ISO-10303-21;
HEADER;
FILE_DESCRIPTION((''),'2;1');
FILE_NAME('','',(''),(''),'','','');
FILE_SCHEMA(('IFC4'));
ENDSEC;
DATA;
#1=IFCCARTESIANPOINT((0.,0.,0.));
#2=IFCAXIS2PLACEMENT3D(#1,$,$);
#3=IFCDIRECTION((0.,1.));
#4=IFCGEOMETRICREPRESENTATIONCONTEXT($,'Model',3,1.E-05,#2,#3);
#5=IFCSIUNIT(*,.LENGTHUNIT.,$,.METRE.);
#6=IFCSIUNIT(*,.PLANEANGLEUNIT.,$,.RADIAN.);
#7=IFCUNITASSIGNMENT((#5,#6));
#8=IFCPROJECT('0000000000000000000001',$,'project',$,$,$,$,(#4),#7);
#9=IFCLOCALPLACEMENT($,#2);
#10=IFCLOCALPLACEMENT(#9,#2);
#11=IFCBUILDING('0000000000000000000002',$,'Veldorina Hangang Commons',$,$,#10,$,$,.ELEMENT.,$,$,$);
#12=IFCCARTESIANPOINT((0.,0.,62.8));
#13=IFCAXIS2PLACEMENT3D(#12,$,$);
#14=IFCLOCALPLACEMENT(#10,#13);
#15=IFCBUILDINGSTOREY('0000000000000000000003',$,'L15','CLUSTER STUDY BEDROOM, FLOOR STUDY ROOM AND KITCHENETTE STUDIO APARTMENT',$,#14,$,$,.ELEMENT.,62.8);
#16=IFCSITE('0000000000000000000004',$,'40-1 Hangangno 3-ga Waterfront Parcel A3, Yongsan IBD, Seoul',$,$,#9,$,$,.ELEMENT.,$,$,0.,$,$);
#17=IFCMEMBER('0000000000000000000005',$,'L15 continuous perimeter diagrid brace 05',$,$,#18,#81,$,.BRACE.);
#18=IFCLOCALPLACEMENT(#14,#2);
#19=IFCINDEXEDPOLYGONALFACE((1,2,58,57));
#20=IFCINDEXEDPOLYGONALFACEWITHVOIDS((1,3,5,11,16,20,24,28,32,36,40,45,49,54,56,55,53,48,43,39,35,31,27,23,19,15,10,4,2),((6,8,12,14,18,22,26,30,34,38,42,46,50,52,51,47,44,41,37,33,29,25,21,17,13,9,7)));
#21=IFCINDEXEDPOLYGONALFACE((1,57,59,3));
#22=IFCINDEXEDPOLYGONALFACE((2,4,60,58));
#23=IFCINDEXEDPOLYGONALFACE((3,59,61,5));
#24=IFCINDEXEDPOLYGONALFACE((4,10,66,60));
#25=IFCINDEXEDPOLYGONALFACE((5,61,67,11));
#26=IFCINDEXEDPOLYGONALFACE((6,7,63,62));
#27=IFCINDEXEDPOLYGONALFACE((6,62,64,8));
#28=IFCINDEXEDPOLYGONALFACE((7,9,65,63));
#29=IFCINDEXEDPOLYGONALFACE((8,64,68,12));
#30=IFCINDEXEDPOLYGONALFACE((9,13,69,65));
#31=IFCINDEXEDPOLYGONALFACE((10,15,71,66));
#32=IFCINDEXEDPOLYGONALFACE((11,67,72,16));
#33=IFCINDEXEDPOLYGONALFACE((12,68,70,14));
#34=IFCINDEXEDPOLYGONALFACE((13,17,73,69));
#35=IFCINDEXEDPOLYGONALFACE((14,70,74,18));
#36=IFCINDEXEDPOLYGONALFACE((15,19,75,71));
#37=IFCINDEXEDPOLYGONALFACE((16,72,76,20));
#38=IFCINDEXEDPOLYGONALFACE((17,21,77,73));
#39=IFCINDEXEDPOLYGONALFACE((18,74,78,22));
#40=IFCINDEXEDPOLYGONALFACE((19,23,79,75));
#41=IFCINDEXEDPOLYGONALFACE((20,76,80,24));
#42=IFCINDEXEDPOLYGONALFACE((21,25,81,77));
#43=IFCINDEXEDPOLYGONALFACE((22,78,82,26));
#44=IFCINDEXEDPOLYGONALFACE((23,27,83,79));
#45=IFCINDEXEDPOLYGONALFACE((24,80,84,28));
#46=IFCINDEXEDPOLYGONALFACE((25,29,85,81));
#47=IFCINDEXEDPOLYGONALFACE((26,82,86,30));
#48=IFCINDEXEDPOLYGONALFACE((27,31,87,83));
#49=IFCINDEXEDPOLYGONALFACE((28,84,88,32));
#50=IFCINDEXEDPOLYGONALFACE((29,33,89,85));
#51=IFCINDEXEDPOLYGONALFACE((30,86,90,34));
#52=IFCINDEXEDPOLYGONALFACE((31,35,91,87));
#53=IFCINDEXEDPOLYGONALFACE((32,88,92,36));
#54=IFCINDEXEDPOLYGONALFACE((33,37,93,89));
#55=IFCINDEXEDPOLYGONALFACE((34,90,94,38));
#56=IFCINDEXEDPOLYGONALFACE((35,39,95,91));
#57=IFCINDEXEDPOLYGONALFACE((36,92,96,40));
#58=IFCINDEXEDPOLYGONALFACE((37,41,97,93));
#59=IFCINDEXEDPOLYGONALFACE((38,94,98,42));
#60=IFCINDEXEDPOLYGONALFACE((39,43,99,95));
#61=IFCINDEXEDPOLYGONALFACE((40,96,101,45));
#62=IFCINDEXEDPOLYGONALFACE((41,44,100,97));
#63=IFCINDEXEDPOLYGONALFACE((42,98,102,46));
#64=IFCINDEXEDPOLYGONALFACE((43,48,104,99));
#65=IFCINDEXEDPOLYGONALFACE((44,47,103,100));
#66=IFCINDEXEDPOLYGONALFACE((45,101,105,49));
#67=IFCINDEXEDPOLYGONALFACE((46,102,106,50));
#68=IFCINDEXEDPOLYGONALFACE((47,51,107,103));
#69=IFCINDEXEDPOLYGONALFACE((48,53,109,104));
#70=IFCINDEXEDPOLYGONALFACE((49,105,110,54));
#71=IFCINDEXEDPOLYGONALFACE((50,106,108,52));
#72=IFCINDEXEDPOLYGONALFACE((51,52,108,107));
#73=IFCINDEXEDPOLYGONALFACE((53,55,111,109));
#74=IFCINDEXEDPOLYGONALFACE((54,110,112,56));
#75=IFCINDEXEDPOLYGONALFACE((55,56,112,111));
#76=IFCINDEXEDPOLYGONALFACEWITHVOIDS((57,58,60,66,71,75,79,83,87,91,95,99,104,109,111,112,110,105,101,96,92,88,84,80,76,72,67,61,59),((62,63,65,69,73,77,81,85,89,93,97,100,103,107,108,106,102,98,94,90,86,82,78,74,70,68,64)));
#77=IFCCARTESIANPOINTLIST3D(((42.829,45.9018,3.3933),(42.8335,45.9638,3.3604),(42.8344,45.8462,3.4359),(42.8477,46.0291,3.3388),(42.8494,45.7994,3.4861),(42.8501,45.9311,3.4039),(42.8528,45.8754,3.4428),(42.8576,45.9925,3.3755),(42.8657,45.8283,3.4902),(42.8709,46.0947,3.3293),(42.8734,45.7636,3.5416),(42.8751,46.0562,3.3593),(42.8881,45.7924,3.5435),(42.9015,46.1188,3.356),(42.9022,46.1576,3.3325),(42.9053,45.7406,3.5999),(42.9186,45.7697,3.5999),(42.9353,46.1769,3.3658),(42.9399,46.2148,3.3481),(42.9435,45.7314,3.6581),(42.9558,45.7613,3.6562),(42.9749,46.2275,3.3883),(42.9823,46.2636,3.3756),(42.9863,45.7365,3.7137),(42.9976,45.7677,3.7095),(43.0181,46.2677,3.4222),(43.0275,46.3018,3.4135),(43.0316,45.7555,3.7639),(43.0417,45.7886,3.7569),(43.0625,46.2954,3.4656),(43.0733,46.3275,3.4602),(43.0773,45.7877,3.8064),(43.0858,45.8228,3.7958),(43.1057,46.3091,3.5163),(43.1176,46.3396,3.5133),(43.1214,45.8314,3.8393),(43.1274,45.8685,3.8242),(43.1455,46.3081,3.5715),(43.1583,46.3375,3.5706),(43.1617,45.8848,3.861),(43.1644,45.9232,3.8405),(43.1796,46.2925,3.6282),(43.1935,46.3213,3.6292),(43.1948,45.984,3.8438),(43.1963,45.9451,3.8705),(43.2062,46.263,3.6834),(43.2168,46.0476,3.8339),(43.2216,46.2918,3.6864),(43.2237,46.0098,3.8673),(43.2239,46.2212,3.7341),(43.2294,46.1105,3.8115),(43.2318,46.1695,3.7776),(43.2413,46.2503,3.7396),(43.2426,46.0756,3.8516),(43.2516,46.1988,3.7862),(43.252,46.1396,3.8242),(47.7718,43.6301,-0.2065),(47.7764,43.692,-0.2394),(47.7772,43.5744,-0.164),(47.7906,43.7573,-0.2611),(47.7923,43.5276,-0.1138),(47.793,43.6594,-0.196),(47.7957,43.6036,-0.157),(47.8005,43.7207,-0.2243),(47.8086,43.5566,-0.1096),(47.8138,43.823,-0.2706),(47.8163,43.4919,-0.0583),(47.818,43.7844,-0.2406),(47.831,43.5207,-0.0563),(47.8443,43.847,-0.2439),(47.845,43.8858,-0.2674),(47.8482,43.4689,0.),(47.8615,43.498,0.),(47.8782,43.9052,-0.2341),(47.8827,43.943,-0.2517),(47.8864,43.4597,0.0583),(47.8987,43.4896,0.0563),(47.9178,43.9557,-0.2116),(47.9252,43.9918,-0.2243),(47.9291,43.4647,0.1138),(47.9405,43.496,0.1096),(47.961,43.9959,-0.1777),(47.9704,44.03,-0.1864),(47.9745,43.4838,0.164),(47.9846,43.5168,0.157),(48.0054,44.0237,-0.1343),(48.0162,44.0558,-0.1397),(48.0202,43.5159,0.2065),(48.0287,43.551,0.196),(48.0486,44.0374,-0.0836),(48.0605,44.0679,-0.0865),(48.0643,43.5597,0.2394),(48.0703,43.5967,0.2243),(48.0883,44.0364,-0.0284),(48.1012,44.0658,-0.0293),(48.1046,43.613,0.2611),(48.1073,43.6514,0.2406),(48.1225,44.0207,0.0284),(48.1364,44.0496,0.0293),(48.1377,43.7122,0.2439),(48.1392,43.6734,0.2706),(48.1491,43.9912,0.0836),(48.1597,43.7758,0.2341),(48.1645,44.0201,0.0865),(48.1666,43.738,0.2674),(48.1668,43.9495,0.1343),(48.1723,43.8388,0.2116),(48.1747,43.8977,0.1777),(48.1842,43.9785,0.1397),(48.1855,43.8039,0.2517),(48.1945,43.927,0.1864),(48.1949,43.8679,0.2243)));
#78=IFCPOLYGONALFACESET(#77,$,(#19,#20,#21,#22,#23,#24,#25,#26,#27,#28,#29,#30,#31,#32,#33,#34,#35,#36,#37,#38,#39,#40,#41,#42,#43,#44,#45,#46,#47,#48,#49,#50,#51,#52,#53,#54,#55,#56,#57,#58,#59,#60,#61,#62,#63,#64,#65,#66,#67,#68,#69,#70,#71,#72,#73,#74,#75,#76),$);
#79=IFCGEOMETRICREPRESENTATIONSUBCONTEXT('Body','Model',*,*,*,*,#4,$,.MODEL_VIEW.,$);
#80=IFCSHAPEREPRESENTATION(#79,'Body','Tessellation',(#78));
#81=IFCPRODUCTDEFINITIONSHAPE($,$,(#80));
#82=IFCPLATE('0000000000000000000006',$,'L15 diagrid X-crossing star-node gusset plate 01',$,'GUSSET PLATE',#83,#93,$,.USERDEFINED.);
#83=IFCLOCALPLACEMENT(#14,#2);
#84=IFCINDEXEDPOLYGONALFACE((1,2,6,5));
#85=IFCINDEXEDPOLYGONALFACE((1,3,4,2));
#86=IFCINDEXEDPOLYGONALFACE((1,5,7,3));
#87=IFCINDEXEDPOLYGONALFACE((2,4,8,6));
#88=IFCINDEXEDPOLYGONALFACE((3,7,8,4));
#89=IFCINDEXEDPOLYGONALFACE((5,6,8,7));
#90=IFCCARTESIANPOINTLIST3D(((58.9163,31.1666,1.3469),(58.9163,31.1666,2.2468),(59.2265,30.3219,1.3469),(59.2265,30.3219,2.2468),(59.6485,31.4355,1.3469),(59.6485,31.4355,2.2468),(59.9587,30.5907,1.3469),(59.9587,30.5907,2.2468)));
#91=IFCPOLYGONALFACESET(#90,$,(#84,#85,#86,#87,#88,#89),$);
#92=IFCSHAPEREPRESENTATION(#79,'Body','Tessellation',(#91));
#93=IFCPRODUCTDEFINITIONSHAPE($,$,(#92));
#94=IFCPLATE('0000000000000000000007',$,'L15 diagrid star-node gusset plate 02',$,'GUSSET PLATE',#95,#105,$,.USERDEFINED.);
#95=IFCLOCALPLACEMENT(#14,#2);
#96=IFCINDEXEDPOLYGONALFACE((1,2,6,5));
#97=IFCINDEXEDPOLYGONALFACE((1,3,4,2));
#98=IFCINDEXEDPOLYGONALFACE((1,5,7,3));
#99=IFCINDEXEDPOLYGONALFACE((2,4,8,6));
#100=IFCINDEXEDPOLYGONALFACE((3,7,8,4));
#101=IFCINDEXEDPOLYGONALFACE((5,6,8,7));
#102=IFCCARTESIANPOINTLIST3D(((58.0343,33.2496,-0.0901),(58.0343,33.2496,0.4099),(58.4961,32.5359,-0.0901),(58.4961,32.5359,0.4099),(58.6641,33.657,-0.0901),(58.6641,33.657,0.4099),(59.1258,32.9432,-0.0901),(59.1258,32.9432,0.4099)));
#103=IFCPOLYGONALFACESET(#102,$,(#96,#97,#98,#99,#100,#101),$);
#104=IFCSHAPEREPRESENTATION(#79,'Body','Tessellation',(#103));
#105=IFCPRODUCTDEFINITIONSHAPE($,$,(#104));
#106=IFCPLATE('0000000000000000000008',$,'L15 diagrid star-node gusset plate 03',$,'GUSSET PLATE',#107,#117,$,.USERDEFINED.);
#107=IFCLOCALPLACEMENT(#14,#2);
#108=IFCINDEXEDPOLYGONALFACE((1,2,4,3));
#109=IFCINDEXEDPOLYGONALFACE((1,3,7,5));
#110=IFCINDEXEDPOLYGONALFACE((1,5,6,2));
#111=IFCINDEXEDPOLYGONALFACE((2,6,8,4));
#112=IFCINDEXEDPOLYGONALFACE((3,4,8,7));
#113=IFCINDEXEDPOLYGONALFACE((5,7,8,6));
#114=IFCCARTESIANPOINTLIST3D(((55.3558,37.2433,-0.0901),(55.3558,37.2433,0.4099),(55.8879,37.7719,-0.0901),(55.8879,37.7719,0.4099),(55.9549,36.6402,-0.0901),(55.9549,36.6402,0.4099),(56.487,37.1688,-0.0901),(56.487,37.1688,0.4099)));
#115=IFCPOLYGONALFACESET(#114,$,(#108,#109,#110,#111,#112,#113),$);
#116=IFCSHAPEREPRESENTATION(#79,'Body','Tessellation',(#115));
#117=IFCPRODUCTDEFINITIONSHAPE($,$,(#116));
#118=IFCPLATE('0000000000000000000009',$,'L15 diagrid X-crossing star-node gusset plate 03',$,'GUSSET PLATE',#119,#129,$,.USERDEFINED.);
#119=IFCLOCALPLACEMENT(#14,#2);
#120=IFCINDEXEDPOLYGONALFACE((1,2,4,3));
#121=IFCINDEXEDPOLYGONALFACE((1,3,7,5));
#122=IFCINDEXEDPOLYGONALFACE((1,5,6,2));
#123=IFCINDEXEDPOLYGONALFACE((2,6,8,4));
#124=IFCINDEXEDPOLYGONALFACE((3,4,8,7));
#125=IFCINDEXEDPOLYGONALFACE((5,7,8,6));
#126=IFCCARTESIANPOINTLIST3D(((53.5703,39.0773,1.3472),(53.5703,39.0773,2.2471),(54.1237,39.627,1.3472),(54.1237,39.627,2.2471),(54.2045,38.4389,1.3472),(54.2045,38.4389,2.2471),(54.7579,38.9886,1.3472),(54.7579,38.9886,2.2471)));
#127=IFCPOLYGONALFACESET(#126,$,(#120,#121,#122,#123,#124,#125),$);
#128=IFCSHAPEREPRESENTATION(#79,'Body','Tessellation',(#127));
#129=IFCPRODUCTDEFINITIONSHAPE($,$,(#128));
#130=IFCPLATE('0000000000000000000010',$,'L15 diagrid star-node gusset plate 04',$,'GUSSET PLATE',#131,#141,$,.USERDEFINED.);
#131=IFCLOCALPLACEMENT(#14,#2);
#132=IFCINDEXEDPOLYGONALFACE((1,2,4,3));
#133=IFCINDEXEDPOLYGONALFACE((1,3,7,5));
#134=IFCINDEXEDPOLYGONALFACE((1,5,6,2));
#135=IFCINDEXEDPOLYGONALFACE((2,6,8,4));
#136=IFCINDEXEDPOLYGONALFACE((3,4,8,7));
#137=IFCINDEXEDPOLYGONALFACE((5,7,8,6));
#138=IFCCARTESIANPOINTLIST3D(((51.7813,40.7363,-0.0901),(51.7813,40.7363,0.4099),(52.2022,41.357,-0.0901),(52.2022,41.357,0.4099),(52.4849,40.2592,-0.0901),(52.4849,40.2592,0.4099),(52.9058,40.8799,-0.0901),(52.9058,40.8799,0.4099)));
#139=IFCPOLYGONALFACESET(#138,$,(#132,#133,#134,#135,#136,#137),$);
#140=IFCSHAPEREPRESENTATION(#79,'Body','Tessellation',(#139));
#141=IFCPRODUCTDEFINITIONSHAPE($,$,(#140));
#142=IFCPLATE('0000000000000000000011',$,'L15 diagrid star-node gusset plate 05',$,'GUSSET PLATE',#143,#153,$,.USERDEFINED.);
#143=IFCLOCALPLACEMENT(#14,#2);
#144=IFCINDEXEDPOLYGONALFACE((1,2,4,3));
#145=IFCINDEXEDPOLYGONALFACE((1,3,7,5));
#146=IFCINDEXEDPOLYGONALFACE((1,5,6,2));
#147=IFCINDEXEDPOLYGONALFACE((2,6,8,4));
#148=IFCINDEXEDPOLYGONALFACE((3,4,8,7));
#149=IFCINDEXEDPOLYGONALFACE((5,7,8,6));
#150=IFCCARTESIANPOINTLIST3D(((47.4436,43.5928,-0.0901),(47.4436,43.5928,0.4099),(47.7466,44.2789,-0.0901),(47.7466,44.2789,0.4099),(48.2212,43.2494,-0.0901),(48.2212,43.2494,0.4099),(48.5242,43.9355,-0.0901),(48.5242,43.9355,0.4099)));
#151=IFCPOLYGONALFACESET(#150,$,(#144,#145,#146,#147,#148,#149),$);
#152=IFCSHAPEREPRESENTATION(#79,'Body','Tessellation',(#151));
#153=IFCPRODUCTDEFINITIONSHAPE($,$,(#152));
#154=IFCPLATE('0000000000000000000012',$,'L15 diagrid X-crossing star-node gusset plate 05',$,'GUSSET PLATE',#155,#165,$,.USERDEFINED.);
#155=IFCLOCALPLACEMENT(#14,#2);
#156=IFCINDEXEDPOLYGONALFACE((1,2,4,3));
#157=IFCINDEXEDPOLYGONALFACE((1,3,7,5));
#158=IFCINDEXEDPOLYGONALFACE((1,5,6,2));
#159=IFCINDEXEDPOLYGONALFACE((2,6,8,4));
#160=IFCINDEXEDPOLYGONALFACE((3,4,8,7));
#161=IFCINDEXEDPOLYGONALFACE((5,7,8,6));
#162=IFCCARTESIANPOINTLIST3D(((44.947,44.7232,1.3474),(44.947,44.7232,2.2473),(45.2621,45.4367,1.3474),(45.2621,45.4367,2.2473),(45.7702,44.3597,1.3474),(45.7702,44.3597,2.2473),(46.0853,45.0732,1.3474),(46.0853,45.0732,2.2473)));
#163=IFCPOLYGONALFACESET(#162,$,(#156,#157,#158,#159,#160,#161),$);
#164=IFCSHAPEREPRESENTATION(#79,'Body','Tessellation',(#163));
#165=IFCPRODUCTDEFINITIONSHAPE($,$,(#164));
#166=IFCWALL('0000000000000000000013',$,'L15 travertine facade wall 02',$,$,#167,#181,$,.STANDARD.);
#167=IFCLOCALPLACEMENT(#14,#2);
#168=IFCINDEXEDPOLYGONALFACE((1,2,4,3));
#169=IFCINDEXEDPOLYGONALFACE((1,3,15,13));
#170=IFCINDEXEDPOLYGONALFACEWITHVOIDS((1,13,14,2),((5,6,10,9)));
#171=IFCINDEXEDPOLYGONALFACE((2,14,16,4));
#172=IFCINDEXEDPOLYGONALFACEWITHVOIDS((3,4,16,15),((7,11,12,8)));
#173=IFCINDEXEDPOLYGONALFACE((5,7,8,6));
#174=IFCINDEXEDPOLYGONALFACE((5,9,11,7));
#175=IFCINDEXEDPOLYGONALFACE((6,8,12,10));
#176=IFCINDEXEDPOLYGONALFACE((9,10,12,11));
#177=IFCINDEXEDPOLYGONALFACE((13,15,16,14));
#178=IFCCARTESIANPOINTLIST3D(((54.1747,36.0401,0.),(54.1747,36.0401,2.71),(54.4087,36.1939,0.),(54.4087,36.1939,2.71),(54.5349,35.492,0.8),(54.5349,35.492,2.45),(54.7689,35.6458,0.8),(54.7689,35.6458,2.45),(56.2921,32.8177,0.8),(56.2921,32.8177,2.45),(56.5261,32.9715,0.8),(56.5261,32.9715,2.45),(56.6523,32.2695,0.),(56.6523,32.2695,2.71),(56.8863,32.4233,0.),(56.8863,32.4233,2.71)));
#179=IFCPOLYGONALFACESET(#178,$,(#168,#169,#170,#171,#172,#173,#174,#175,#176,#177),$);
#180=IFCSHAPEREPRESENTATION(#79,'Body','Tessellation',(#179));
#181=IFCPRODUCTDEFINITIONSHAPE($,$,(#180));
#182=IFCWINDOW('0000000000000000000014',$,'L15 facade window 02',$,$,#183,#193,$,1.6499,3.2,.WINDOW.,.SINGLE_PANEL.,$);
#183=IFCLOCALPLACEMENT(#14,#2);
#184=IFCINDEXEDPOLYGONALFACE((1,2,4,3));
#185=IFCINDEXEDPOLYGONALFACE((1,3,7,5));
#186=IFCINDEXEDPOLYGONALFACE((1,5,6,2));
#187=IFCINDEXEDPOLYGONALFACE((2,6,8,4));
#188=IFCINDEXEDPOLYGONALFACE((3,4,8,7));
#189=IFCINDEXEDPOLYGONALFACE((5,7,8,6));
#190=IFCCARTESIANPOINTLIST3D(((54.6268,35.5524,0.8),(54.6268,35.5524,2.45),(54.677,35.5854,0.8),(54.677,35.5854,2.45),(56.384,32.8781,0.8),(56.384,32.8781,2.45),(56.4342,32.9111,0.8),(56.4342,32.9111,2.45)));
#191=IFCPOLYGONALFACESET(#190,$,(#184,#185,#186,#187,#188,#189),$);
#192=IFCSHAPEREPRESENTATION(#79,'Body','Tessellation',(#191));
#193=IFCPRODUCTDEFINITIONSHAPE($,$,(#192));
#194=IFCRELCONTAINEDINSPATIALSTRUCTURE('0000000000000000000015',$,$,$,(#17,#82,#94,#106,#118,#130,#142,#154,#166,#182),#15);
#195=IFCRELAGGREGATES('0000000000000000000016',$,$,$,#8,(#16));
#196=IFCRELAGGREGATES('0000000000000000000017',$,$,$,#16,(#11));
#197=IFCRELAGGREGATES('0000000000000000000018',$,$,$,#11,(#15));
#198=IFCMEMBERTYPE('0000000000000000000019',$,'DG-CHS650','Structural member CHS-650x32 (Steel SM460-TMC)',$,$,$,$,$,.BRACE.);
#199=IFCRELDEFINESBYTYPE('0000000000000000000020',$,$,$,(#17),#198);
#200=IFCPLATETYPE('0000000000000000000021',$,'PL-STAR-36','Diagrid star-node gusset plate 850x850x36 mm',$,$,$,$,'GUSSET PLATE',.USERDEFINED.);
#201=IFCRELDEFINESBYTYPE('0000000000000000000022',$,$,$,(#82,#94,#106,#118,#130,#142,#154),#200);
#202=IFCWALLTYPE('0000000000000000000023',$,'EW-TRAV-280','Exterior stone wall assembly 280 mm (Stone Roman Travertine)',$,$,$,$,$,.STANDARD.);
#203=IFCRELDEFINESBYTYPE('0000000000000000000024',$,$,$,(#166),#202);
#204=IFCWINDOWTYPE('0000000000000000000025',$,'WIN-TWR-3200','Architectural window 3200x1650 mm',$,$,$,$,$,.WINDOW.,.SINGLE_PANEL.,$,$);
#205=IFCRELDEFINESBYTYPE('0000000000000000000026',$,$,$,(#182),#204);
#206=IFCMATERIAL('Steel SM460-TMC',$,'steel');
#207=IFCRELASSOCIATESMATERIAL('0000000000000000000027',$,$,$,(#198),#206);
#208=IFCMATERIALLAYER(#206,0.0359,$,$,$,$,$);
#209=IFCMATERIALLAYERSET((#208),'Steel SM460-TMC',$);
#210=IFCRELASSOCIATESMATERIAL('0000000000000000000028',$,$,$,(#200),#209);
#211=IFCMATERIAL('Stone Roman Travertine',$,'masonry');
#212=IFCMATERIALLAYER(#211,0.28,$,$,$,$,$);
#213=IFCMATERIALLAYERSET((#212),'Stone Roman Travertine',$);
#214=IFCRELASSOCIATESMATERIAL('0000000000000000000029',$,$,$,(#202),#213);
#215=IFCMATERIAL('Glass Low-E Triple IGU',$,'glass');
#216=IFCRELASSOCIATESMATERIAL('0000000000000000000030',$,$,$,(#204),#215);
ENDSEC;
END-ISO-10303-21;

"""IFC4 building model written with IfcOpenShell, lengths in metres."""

from ifc_helpers import new_model, si_unit, direction, frame, frame_2d, origin, origin_2d, place, context, subcontext, project, spatial, rectangle, hollow_circle, extrude, material, layer, layer_set, material_profile, profile_set, type_object, element, fill, save


model = new_model("IFC4")

# Units and contexts
model_context = context("Model", 3, precision=1e-05, world=origin(), true_north=direction((0.0, 1.0)))
body_context = subcontext(model_context, "Body", "Model", "MODEL_VIEW")
ifc_project = project(units=[si_unit("LENGTHUNIT", "METRE"), si_unit("PLANEANGLEUNIT", "RADIAN")], contexts=[model_context])

# Site, building, storey
site_placement = place(None, origin())
site = spatial("IfcSite", under=ifc_project, at=site_placement, Name="40-1 Hangangno 3-ga Waterfront Parcel A3, Yongsan IBD, Seoul", CompositionType="ELEMENT", RefElevation=0.0)
building_placement = place(site_placement, origin())
building = spatial("IfcBuilding", under=site, at=building_placement, Name="Veldorina Hangang Commons", CompositionType="ELEMENT")
storey_placement = place(building_placement, frame((0.0, 0.0, 62.8)))
storey = spatial("IfcBuildingStorey", under=building, at=storey_placement, Name="L15", Description="CLUSTER STUDY BEDROOM, FLOOR STUDY ROOM AND KITCHENETTE STUDIO APARTMENT", CompositionType="ELEMENT", Elevation=62.8)

# Member
ifc_material_1 = material(Name="Steel SM460-TMC", Category="steel")
ifc_material_profile_1 = material_profile(ifc_material_1, hollow_circle(Radius=0.325, WallThickness=0.032, at=origin_2d()), Name="CHS-650x32")
ifc_profile_set_1 = profile_set([ifc_material_profile_1], Name="Steel SM460-TMC")
member_type = type_object("IfcMemberType", Name="DG-CHS650", Description="Structural member CHS-650x32 (Steel SM460-TMC)", PredefinedType="BRACE", material=ifc_profile_set_1)
member_1_placement = place(storey_placement, frame((47.9839, 43.7642, 0.0), z_axis=(-0.757741, 0.348256, 0.551857), x_axis=(-0.417603, -0.908629, 0.0)))
element("IfcMember", 1, at=member_1_placement, inside=storey, type_object=member_type, Name="L15 continuous perimeter diagrid brace 05", PredefinedType="BRACE", context=body_context, shape_type="SweptSolid", body=[
    extrude(hollow_circle(Radius=0.325, WallThickness=0.032, at=origin_2d()), origin(), (0.0, 0.0, 1.0), 6.5232),
])

# Plates
ifc_layer_1 = layer(ifc_material_1, 0.0359)
ifc_layer_set_1 = layer_set([ifc_layer_1], Name="Steel SM460-TMC")
plate_type = type_object("IfcPlateType", Name="PL-STAR-36", Description="Diagrid star-node gusset plate 850x850x36 mm", ElementType="GUSSET PLATE", PredefinedType="USERDEFINED", material=ifc_layer_set_1)
plate_1_placement = place(storey_placement, frame((59.4375, 30.8787, 1.3469), z_axis=(0.0, 0.0, 1.0), x_axis=(-0.344659, 0.938728, 0.0)))
element("IfcPlate", 2, at=plate_1_placement, inside=storey, type_object=plate_type, Name="L15 diagrid X-crossing star-node gusset plate 01", ObjectType="GUSSET PLATE", PredefinedType="USERDEFINED", context=body_context, shape_type="SweptSolid", body=[
    extrude(rectangle(XDim=0.8999, YDim=0.78, at=origin_2d()), origin(), (0.0, 0.0, 1.0), 0.8999),
])
for number, where, z_axis, x_axis, name in (
    (3, (58.5801, 33.0964, -0.0901), (0.0, 0.0, 1.0), (-0.543174, 0.83962, 0.0), "L15 diagrid star-node gusset plate 02"),
    (4, (55.9214, 37.2061, -0.0901), (0.0, 0.0, 1.0), (-0.704733, 0.709472, 0.0), "L15 diagrid star-node gusset plate 03"),
):
    element("IfcPlate", number, at=place(storey_placement, frame(where, z_axis=z_axis, x_axis=x_axis)), inside=storey, type_object=plate_type, Name=name, ObjectType="GUSSET PLATE", PredefinedType="USERDEFINED", context=body_context, shape_type="SweptSolid", body=[
        extrude(rectangle(XDim=0.8501, YDim=0.75, at=origin_2d()), origin(), (0.0, 0.0, 1.0), 0.5),
    ])
plate_2_placement = place(storey_placement, frame((54.1641, 39.033, 1.3472), z_axis=(0.0, 0.0, 1.0), x_axis=(-0.704733, 0.709472, 0.0)))
element("IfcPlate", 5, at=plate_2_placement, inside=storey, type_object=plate_type, Name="L15 diagrid X-crossing star-node gusset plate 03", ObjectType="GUSSET PLATE", PredefinedType="USERDEFINED", context=body_context, shape_type="SweptSolid", body=[
    extrude(rectangle(XDim=0.8999, YDim=0.78, at=origin_2d()), origin(), (0.0, 0.0, 1.0), 0.8999),
])
for number, where, z_axis, x_axis, name in (
    (6, (52.3435, 40.8081, -0.0901), (0.0, 0.0, 1.0), (-0.827679, 0.561203, 0.0), "L15 diagrid star-node gusset plate 04"),
    (7, (47.9839, 43.7642, -0.0901), (0.0, 0.0, 1.0), (-0.914769, 0.403976, 0.0), "L15 diagrid star-node gusset plate 05"),
):
    element("IfcPlate", number, at=place(storey_placement, frame(where, z_axis=z_axis, x_axis=x_axis)), inside=storey, type_object=plate_type, Name=name, ObjectType="GUSSET PLATE", PredefinedType="USERDEFINED", context=body_context, shape_type="SweptSolid", body=[
        extrude(rectangle(XDim=0.8501, YDim=0.75, at=origin_2d()), origin(), (0.0, 0.0, 1.0), 0.5),
    ])
plate_3_placement = place(storey_placement, frame((45.5161, 44.8982, 1.3474), z_axis=(0.0, 0.0, 1.0), x_axis=(-0.914769, 0.403976, 0.0)))
element("IfcPlate", 8, at=plate_3_placement, inside=storey, type_object=plate_type, Name="L15 diagrid X-crossing star-node gusset plate 05", ObjectType="GUSSET PLATE", PredefinedType="USERDEFINED", context=body_context, shape_type="SweptSolid", body=[
    extrude(rectangle(XDim=0.8999, YDim=0.78, at=origin_2d()), origin(), (0.0, 0.0, 1.0), 0.8999),
])

# Wall, opening, window
ifc_material_2 = material(Name="Stone Roman Travertine", Category="masonry")
ifc_layer_2 = layer(ifc_material_2, 0.28)
ifc_layer_set_2 = layer_set([ifc_layer_2], Name="Stone Roman Travertine")
wall_type_1 = type_object("IfcWallType", Name="EW-TRAV-280", Description="Exterior stone wall assembly 280 mm (Stone Roman Travertine)", PredefinedType="STANDARD", material=ifc_layer_set_2)
wall_1_placement = place(storey_placement, frame((56.7693, 32.3464, 0.0), z_axis=(0.0, 0.0, 1.0), x_axis=(-0.549143, 0.835728, 0.0)))
wall_1 = element("IfcWall", 9, at=wall_1_placement, inside=storey, type_object=wall_type_1, Name="L15 travertine facade wall 02", PredefinedType="STANDARD", context=body_context, shape_type="SweptSolid", body=[
    extrude(rectangle(XDim=4.5117, YDim=0.28, at=frame_2d((2.2559, 0.0))), origin(), (0.0, 0.0, 1.0), 2.71),
])
opening_1_placement = place(wall_1_placement, frame((0.6558, 0.0, 0.8)))
opening_1 = element("IfcOpeningElement", 10, at=opening_1_placement, cuts=wall_1, PredefinedType="OPENING", context=body_context, shape_type="SweptSolid", body=[
    extrude(rectangle(XDim=3.2, YDim=1.6499, at=frame_2d((1.6001, 0.825))), frame((0.0, 0.1499, 0.0), z_axis=(0.0, -1.0, 0.0), x_axis=(1.0, 0.0, 0.0)), (0.0, 0.0, 1.0), 0.3),
])
ifc_material_3 = material(Name="Glass Low-E Triple IGU", Category="glass")
window_type = type_object("IfcWindowType", Name="WIN-TWR-3200", Description="Architectural window 3200x1650 mm", PartitioningType="SINGLE_PANEL", PredefinedType="WINDOW", material=ifc_material_3)
window_1_placement = place(opening_1_placement, origin())
window_1 = element("IfcWindow", 11, at=window_1_placement, inside=storey, type_object=window_type, Name="L15 facade window 02", OverallHeight=1.6499, OverallWidth=3.2, PartitioningType="SINGLE_PANEL", PredefinedType="WINDOW", context=body_context, shape_type="SweptSolid", body=[
    extrude(rectangle(XDim=3.2, YDim=1.6499, at=frame_2d((1.6001, 0.825))), frame((0.0, 0.03, 0.0), z_axis=(0.0, -1.0, 0.0), x_axis=(1.0, 0.0, 0.0)), (0.0, 0.0, 1.0), 0.0601),
])
fill(opening_1, window_1)

save(model, "model.ifc")
